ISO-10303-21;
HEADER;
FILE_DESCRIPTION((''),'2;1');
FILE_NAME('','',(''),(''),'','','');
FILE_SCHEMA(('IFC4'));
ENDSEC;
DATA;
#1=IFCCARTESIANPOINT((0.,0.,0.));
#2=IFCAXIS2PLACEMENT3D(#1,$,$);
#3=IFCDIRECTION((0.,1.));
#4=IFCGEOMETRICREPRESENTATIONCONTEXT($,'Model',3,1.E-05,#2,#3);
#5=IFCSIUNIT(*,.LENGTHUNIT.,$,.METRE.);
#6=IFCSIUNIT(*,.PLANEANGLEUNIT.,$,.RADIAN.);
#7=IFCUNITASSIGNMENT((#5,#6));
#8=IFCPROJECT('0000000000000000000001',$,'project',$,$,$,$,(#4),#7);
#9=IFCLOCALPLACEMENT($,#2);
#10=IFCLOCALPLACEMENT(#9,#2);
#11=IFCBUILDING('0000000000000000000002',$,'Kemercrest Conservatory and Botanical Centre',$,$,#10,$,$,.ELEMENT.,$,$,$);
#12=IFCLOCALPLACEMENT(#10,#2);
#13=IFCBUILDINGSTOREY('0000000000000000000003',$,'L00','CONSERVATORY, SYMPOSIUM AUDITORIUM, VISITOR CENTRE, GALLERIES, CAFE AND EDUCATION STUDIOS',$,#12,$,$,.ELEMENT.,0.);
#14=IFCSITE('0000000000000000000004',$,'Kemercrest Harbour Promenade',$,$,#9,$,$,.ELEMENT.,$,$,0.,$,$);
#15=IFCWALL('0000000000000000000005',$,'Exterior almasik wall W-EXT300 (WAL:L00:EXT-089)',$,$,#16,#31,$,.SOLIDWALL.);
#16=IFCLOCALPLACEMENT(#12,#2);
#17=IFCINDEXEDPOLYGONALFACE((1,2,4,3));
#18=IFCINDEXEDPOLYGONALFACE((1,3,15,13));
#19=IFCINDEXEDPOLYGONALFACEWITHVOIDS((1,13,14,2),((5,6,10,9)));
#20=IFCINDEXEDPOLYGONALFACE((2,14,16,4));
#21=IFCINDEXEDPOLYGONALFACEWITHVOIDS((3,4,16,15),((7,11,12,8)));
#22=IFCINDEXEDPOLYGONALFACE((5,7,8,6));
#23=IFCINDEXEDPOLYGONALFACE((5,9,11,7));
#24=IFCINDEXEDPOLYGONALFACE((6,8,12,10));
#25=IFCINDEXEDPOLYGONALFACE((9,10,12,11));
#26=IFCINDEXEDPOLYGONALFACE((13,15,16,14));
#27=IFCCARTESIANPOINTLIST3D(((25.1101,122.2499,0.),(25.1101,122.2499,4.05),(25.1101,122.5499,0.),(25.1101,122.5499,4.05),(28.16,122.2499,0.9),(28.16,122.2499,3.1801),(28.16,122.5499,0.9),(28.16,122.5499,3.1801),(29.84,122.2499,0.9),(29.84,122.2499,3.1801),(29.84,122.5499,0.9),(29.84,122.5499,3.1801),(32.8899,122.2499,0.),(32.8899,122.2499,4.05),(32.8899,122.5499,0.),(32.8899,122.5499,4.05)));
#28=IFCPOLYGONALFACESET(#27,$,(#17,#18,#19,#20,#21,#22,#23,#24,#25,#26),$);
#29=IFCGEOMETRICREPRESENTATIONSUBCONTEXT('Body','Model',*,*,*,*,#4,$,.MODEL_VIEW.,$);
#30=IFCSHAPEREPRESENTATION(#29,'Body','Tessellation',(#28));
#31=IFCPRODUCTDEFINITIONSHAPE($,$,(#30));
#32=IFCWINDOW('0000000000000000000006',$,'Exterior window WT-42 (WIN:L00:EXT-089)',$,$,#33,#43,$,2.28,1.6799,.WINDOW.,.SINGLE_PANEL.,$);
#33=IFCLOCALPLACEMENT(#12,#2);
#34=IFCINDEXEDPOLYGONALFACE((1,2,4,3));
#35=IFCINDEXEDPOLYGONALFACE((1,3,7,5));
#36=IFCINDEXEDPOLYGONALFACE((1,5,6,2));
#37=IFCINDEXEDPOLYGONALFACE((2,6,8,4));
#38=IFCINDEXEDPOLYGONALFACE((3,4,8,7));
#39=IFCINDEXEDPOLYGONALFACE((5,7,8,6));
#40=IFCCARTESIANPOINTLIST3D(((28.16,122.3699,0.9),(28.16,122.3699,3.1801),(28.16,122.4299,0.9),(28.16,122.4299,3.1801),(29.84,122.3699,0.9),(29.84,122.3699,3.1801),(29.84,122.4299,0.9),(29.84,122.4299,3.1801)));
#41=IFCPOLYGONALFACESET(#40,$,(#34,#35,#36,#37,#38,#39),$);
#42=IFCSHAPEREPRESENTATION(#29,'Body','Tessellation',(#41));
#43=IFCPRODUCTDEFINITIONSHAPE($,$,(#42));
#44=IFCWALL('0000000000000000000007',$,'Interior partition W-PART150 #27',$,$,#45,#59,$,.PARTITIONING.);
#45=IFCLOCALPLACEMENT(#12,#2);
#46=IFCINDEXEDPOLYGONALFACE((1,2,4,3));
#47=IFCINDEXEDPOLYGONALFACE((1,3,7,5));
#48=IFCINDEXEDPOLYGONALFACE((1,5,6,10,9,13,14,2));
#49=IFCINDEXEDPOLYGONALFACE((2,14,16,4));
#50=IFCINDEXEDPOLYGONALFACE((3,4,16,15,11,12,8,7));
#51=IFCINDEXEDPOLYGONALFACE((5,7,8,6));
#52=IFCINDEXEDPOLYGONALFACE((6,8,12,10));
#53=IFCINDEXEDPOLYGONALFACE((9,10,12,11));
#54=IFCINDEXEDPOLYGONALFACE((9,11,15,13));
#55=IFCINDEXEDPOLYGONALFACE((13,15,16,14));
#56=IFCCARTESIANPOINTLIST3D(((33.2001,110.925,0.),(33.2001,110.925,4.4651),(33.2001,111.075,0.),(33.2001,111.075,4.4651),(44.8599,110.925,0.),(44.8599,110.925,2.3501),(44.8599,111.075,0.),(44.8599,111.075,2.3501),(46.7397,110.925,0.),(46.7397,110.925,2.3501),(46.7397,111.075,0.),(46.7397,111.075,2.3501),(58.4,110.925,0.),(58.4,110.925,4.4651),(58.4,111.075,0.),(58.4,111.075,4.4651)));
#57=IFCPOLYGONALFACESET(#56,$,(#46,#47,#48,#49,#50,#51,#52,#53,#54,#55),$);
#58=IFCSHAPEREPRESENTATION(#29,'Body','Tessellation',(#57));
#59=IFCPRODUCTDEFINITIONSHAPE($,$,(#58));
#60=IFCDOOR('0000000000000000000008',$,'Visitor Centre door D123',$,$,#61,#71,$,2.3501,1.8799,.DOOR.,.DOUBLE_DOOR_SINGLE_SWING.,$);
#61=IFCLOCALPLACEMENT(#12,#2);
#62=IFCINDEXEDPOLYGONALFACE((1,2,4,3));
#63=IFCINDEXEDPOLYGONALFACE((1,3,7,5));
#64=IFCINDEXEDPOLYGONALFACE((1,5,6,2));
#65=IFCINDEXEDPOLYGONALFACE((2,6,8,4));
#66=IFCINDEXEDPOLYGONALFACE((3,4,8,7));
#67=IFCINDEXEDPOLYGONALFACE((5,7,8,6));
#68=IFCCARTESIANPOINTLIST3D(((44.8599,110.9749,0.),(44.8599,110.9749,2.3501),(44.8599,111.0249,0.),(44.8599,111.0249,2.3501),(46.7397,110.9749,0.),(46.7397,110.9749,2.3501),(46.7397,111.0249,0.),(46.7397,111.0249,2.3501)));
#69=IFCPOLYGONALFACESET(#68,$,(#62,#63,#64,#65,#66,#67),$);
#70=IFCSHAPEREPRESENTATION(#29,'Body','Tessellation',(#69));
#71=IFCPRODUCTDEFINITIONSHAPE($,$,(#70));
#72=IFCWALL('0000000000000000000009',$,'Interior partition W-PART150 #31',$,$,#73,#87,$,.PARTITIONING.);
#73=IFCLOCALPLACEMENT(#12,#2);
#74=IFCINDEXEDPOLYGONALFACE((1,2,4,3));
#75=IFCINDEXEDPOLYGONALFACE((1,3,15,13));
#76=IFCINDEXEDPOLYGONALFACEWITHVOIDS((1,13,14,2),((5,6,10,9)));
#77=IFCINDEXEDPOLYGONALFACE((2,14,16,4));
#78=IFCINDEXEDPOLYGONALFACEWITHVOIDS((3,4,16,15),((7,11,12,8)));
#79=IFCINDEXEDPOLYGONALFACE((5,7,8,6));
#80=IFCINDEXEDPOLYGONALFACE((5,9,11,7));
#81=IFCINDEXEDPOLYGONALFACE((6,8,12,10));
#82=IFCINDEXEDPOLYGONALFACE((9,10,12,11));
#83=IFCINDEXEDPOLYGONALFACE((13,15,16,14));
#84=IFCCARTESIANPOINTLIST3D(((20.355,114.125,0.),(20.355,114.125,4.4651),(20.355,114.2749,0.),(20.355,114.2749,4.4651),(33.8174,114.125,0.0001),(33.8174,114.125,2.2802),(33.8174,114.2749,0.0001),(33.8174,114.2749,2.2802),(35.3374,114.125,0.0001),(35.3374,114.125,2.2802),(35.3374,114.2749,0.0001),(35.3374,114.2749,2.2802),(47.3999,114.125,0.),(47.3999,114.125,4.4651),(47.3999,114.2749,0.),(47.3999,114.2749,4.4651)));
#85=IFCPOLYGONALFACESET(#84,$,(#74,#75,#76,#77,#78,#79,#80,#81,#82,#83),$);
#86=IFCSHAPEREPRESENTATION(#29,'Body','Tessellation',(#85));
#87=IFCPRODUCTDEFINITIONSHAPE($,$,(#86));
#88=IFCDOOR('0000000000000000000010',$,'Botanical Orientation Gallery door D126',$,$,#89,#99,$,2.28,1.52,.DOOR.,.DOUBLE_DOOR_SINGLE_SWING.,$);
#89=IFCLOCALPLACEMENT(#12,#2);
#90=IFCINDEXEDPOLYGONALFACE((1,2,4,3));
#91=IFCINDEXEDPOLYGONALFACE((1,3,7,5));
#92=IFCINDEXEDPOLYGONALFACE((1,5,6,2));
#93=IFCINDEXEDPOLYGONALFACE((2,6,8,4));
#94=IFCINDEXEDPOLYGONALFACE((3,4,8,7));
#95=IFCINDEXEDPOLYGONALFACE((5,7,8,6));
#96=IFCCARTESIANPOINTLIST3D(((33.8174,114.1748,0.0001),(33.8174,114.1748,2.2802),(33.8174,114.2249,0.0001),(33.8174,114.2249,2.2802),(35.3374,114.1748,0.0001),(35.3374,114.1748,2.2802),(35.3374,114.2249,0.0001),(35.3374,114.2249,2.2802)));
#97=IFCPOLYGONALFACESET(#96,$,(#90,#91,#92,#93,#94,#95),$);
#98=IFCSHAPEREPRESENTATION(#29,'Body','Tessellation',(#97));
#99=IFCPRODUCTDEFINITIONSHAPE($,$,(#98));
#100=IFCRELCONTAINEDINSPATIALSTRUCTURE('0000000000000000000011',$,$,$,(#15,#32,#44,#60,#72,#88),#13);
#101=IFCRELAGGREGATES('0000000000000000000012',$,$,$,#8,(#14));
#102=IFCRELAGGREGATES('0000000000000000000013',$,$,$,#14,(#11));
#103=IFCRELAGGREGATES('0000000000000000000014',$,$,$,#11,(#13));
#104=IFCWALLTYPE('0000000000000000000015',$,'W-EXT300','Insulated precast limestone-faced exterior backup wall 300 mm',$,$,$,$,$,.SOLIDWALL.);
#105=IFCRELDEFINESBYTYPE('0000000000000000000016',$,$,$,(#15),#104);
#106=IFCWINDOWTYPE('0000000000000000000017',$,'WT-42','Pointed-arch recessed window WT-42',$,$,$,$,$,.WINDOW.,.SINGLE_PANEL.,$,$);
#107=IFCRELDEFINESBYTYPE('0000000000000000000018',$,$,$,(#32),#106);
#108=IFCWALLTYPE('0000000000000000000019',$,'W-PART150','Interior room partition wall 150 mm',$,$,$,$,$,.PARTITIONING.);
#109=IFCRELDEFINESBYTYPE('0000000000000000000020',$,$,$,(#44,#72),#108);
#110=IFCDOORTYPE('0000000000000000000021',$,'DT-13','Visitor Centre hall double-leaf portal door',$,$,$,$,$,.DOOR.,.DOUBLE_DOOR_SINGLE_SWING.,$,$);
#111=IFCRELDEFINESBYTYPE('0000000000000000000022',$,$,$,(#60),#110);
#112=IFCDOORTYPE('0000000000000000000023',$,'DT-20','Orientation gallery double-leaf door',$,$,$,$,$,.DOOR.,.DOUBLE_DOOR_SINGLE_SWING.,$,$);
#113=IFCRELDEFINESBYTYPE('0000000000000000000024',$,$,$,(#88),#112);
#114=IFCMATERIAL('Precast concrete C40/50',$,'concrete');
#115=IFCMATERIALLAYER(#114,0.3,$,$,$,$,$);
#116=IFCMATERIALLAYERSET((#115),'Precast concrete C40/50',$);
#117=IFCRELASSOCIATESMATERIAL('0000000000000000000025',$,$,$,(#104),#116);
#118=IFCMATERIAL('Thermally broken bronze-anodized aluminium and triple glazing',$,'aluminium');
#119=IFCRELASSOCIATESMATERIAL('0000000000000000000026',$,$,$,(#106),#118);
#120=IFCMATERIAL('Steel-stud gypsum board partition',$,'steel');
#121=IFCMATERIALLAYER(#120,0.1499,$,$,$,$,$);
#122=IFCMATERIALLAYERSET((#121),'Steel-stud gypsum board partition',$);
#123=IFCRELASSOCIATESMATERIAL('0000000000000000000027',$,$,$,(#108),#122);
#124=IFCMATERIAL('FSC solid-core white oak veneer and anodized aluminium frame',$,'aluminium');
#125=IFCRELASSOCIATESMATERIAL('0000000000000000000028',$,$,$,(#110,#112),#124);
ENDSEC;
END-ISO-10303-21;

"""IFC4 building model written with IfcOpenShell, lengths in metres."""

from ifc_helpers import new_model, si_unit, direction, frame, frame_2d, origin, place, context, subcontext, project, spatial, rectangle, extrude, material, layer, layer_set, type_object, element, fill, save


model = new_model("IFC4")

# Units and contexts
model_context = context("Model", 3, precision=1e-05, world=origin(), true_north=direction((0.0, 1.0)))
body_context = subcontext(model_context, "Body", "Model", "MODEL_VIEW")
ifc_project = project(units=[si_unit("LENGTHUNIT", "METRE"), si_unit("PLANEANGLEUNIT", "RADIAN")], contexts=[model_context])

# Site, building, storey
site_placement = place(None, origin())
site = spatial("IfcSite", under=ifc_project, at=site_placement, Name="Kemercrest Harbour Promenade", CompositionType="ELEMENT", RefElevation=0.0)
building_placement = place(site_placement, origin())
building = spatial("IfcBuilding", under=site, at=building_placement, Name="Kemercrest Conservatory and Botanical Centre", CompositionType="ELEMENT")
storey_placement = place(building_placement, origin())
storey = spatial("IfcBuildingStorey", under=building, at=storey_placement, Name="L00", Description="CONSERVATORY, SYMPOSIUM AUDITORIUM, VISITOR CENTRE, GALLERIES, CAFE AND EDUCATION STUDIOS", CompositionType="ELEMENT", Elevation=0.0)

# Shared definitions
ifc_material_1 = material(Name="Precast concrete C40/50", Category="concrete")

# Wall, opening, window
ifc_layer_1 = layer(ifc_material_1, 0.3)
ifc_layer_set_1 = layer_set([ifc_layer_1], Name="Precast concrete C40/50")
wall_type_1 = type_object("IfcWallType", Name="W-EXT300", Description="Insulated precast limestone-faced exterior backup wall 300 mm", PredefinedType="SOLIDWALL", material=ifc_layer_set_1)
ifc_material_2 = material(Name="Thermally broken bronze-anodized aluminium and triple glazing", Category="aluminium")
wall_1_placement = place(storey_placement, frame((32.8899, 122.3999, 0.0), z_axis=(0.0, 0.0, 1.0), x_axis=(-1.0, 0.0, 0.0)))
wall_1 = element("IfcWall", 1, at=wall_1_placement, inside=storey, type_object=wall_type_1, Name="Exterior almasik wall W-EXT300 (WAL:L00:EXT-089)", PredefinedType="SOLIDWALL", context=body_context, shape_type="SweptSolid", body=[
    extrude(rectangle(XDim=7.7798, YDim=0.3, at=frame_2d((3.8899, 0.0))), origin(), (0.0, 0.0, 1.0), 4.05),
])
opening_1_placement = place(wall_1_placement, frame((3.05, 0.0, 0.8999)))
opening_1 = element("IfcOpeningElement", 2, at=opening_1_placement, cuts=wall_1, PredefinedType="OPENING", context=body_context, shape_type="SweptSolid", body=[
    extrude(rectangle(XDim=1.6799, YDim=2.28, at=frame_2d((0.8398, 1.1401))), frame((0.0, 0.1602, 0.0), z_axis=(0.0, -1.0, 0.0), x_axis=(1.0, 0.0, 0.0)), (0.0, 0.0, 1.0), 0.3201),
])
window_type_1 = type_object("IfcWindowType", Name="WT-42", Description="Pointed-arch recessed window WT-42", PartitioningType="SINGLE_PANEL", PredefinedType="WINDOW", material=ifc_material_2)
window_1_placement = place(opening_1_placement, origin())
window_1 = element("IfcWindow", 3, at=window_1_placement, inside=storey, type_object=window_type_1, Name="Exterior window WT-42 (WIN:L00:EXT-089)", OverallHeight=2.28, OverallWidth=1.6799, PartitioningType="SINGLE_PANEL", PredefinedType="WINDOW", context=body_context, shape_type="SweptSolid", body=[
    extrude(rectangle(XDim=1.6799, YDim=2.28, at=frame_2d((0.8398, 1.1401))), frame((0.0, 0.03, 0.0), z_axis=(0.0, -1.0, 0.0), x_axis=(1.0, 0.0, 0.0)), (0.0, 0.0, 1.0), 0.0601),
])
fill(opening_1, window_1)

# Walls, openings, doors
ifc_material_3 = material(Name="Steel-stud gypsum board partition", Category="steel")
ifc_layer_2 = layer(ifc_material_3, 0.1499)
ifc_layer_set_2 = layer_set([ifc_layer_2], Name="Steel-stud gypsum board partition")
wall_type_2 = type_object("IfcWallType", Name="W-PART150", Description="Interior room partition wall 150 mm", PredefinedType="PARTITIONING", material=ifc_layer_set_2)
wall_2_placement = place(storey_placement, frame((33.2, 111.0, 0.0), z_axis=(0.0, 0.0, 1.0), x_axis=(1.0, 0.0, 0.0)))
wall_2 = element("IfcWall", 4, at=wall_2_placement, inside=storey, type_object=wall_type_2, Name="Interior partition W-PART150 #27", PredefinedType="PARTITIONING", context=body_context, shape_type="SweptSolid", body=[
    extrude(rectangle(XDim=25.2, YDim=0.1499, at=frame_2d((12.6001, 0.0))), origin(), (0.0, 0.0, 1.0), 4.4651),
])
opening_2_placement = place(wall_2_placement, frame((11.6599, 0.0, 0.0)))
opening_2 = element("IfcOpeningElement", 5, at=opening_2_placement, cuts=wall_2, PredefinedType="OPENING", context=body_context, shape_type="SweptSolid", body=[
    extrude(rectangle(XDim=1.8799, YDim=2.3501, at=frame_2d((0.9399, 1.175))), frame((0.0, 0.085, 0.0), z_axis=(0.0, -1.0, 0.0), x_axis=(1.0, 0.0, 0.0)), (0.0, 0.0, 1.0), 0.1699),
])
ifc_material_4 = material(Name="FSC solid-core white oak veneer and anodized aluminium frame", Category="aluminium")
door_type_1 = type_object("IfcDoorType", Name="DT-13", Description="Visitor Centre hall double-leaf portal door", OperationType="DOUBLE_DOOR_SINGLE_SWING", PredefinedType="DOOR", material=ifc_material_4)
door_1_placement = place(opening_2_placement, origin())
door_1 = element("IfcDoor", 6, at=door_1_placement, inside=storey, type_object=door_type_1, Name="Visitor Centre door D123", OperationType="DOUBLE_DOOR_SINGLE_SWING", OverallHeight=2.3501, OverallWidth=1.8799, PredefinedType="DOOR", context=body_context, shape_type="SweptSolid", body=[
    extrude(rectangle(XDim=1.8799, YDim=2.3501, at=frame_2d((0.9399, 1.175))), frame((0.0, 0.0249, 0.0), z_axis=(0.0, -1.0, 0.0), x_axis=(1.0, 0.0, 0.0)), (0.0, 0.0, 1.0), 0.05),
])
fill(opening_2, door_1)
wall_3_placement = place(storey_placement, frame((20.355, 114.2, 0.0), z_axis=(0.0, 0.0, 1.0), x_axis=(1.0, 0.0, 0.0)))
wall_3 = element("IfcWall", 7, at=wall_3_placement, inside=storey, type_object=wall_type_2, Name="Interior partition W-PART150 #31", PredefinedType="PARTITIONING", context=body_context, shape_type="SweptSolid", body=[
    extrude(rectangle(XDim=27.0449, YDim=0.1499, at=frame_2d((13.5225, 0.0))), origin(), (0.0, 0.0, 1.0), 4.4651),
])
opening_3_placement = place(wall_3_placement, frame((13.4624, 0.0, 0.0)))
opening_3 = element("IfcOpeningElement", 8, at=opening_3_placement, cuts=wall_3, PredefinedType="OPENING", context=body_context, shape_type="SweptSolid", body=[
    extrude(rectangle(XDim=1.52, YDim=2.28, at=frame_2d((0.76, 1.1401))), frame((0.0, 0.085, 0.0), z_axis=(0.0, -1.0, 0.0), x_axis=(1.0, 0.0, 0.0)), (0.0, 0.0, 1.0), 0.1699),
])
door_type_2 = type_object("IfcDoorType", Name="DT-20", Description="Orientation gallery double-leaf door", OperationType="DOUBLE_DOOR_SINGLE_SWING", PredefinedType="DOOR", material=ifc_material_4)
door_2_placement = place(opening_3_placement, origin())
door_2 = element("IfcDoor", 9, at=door_2_placement, inside=storey, type_object=door_type_2, Name="Botanical Orientation Gallery door D126", OperationType="DOUBLE_DOOR_SINGLE_SWING", OverallHeight=2.28, OverallWidth=1.52, PredefinedType="DOOR", context=body_context, shape_type="SweptSolid", body=[
    extrude(rectangle(XDim=1.52, YDim=2.28, at=frame_2d((0.76, 1.1401))), frame((0.0, 0.0249, 0.0), z_axis=(0.0, -1.0, 0.0), x_axis=(1.0, 0.0, 0.0)), (0.0, 0.0, 1.0), 0.05),
])
fill(opening_3, door_2)

save(model, "model.ifc")
